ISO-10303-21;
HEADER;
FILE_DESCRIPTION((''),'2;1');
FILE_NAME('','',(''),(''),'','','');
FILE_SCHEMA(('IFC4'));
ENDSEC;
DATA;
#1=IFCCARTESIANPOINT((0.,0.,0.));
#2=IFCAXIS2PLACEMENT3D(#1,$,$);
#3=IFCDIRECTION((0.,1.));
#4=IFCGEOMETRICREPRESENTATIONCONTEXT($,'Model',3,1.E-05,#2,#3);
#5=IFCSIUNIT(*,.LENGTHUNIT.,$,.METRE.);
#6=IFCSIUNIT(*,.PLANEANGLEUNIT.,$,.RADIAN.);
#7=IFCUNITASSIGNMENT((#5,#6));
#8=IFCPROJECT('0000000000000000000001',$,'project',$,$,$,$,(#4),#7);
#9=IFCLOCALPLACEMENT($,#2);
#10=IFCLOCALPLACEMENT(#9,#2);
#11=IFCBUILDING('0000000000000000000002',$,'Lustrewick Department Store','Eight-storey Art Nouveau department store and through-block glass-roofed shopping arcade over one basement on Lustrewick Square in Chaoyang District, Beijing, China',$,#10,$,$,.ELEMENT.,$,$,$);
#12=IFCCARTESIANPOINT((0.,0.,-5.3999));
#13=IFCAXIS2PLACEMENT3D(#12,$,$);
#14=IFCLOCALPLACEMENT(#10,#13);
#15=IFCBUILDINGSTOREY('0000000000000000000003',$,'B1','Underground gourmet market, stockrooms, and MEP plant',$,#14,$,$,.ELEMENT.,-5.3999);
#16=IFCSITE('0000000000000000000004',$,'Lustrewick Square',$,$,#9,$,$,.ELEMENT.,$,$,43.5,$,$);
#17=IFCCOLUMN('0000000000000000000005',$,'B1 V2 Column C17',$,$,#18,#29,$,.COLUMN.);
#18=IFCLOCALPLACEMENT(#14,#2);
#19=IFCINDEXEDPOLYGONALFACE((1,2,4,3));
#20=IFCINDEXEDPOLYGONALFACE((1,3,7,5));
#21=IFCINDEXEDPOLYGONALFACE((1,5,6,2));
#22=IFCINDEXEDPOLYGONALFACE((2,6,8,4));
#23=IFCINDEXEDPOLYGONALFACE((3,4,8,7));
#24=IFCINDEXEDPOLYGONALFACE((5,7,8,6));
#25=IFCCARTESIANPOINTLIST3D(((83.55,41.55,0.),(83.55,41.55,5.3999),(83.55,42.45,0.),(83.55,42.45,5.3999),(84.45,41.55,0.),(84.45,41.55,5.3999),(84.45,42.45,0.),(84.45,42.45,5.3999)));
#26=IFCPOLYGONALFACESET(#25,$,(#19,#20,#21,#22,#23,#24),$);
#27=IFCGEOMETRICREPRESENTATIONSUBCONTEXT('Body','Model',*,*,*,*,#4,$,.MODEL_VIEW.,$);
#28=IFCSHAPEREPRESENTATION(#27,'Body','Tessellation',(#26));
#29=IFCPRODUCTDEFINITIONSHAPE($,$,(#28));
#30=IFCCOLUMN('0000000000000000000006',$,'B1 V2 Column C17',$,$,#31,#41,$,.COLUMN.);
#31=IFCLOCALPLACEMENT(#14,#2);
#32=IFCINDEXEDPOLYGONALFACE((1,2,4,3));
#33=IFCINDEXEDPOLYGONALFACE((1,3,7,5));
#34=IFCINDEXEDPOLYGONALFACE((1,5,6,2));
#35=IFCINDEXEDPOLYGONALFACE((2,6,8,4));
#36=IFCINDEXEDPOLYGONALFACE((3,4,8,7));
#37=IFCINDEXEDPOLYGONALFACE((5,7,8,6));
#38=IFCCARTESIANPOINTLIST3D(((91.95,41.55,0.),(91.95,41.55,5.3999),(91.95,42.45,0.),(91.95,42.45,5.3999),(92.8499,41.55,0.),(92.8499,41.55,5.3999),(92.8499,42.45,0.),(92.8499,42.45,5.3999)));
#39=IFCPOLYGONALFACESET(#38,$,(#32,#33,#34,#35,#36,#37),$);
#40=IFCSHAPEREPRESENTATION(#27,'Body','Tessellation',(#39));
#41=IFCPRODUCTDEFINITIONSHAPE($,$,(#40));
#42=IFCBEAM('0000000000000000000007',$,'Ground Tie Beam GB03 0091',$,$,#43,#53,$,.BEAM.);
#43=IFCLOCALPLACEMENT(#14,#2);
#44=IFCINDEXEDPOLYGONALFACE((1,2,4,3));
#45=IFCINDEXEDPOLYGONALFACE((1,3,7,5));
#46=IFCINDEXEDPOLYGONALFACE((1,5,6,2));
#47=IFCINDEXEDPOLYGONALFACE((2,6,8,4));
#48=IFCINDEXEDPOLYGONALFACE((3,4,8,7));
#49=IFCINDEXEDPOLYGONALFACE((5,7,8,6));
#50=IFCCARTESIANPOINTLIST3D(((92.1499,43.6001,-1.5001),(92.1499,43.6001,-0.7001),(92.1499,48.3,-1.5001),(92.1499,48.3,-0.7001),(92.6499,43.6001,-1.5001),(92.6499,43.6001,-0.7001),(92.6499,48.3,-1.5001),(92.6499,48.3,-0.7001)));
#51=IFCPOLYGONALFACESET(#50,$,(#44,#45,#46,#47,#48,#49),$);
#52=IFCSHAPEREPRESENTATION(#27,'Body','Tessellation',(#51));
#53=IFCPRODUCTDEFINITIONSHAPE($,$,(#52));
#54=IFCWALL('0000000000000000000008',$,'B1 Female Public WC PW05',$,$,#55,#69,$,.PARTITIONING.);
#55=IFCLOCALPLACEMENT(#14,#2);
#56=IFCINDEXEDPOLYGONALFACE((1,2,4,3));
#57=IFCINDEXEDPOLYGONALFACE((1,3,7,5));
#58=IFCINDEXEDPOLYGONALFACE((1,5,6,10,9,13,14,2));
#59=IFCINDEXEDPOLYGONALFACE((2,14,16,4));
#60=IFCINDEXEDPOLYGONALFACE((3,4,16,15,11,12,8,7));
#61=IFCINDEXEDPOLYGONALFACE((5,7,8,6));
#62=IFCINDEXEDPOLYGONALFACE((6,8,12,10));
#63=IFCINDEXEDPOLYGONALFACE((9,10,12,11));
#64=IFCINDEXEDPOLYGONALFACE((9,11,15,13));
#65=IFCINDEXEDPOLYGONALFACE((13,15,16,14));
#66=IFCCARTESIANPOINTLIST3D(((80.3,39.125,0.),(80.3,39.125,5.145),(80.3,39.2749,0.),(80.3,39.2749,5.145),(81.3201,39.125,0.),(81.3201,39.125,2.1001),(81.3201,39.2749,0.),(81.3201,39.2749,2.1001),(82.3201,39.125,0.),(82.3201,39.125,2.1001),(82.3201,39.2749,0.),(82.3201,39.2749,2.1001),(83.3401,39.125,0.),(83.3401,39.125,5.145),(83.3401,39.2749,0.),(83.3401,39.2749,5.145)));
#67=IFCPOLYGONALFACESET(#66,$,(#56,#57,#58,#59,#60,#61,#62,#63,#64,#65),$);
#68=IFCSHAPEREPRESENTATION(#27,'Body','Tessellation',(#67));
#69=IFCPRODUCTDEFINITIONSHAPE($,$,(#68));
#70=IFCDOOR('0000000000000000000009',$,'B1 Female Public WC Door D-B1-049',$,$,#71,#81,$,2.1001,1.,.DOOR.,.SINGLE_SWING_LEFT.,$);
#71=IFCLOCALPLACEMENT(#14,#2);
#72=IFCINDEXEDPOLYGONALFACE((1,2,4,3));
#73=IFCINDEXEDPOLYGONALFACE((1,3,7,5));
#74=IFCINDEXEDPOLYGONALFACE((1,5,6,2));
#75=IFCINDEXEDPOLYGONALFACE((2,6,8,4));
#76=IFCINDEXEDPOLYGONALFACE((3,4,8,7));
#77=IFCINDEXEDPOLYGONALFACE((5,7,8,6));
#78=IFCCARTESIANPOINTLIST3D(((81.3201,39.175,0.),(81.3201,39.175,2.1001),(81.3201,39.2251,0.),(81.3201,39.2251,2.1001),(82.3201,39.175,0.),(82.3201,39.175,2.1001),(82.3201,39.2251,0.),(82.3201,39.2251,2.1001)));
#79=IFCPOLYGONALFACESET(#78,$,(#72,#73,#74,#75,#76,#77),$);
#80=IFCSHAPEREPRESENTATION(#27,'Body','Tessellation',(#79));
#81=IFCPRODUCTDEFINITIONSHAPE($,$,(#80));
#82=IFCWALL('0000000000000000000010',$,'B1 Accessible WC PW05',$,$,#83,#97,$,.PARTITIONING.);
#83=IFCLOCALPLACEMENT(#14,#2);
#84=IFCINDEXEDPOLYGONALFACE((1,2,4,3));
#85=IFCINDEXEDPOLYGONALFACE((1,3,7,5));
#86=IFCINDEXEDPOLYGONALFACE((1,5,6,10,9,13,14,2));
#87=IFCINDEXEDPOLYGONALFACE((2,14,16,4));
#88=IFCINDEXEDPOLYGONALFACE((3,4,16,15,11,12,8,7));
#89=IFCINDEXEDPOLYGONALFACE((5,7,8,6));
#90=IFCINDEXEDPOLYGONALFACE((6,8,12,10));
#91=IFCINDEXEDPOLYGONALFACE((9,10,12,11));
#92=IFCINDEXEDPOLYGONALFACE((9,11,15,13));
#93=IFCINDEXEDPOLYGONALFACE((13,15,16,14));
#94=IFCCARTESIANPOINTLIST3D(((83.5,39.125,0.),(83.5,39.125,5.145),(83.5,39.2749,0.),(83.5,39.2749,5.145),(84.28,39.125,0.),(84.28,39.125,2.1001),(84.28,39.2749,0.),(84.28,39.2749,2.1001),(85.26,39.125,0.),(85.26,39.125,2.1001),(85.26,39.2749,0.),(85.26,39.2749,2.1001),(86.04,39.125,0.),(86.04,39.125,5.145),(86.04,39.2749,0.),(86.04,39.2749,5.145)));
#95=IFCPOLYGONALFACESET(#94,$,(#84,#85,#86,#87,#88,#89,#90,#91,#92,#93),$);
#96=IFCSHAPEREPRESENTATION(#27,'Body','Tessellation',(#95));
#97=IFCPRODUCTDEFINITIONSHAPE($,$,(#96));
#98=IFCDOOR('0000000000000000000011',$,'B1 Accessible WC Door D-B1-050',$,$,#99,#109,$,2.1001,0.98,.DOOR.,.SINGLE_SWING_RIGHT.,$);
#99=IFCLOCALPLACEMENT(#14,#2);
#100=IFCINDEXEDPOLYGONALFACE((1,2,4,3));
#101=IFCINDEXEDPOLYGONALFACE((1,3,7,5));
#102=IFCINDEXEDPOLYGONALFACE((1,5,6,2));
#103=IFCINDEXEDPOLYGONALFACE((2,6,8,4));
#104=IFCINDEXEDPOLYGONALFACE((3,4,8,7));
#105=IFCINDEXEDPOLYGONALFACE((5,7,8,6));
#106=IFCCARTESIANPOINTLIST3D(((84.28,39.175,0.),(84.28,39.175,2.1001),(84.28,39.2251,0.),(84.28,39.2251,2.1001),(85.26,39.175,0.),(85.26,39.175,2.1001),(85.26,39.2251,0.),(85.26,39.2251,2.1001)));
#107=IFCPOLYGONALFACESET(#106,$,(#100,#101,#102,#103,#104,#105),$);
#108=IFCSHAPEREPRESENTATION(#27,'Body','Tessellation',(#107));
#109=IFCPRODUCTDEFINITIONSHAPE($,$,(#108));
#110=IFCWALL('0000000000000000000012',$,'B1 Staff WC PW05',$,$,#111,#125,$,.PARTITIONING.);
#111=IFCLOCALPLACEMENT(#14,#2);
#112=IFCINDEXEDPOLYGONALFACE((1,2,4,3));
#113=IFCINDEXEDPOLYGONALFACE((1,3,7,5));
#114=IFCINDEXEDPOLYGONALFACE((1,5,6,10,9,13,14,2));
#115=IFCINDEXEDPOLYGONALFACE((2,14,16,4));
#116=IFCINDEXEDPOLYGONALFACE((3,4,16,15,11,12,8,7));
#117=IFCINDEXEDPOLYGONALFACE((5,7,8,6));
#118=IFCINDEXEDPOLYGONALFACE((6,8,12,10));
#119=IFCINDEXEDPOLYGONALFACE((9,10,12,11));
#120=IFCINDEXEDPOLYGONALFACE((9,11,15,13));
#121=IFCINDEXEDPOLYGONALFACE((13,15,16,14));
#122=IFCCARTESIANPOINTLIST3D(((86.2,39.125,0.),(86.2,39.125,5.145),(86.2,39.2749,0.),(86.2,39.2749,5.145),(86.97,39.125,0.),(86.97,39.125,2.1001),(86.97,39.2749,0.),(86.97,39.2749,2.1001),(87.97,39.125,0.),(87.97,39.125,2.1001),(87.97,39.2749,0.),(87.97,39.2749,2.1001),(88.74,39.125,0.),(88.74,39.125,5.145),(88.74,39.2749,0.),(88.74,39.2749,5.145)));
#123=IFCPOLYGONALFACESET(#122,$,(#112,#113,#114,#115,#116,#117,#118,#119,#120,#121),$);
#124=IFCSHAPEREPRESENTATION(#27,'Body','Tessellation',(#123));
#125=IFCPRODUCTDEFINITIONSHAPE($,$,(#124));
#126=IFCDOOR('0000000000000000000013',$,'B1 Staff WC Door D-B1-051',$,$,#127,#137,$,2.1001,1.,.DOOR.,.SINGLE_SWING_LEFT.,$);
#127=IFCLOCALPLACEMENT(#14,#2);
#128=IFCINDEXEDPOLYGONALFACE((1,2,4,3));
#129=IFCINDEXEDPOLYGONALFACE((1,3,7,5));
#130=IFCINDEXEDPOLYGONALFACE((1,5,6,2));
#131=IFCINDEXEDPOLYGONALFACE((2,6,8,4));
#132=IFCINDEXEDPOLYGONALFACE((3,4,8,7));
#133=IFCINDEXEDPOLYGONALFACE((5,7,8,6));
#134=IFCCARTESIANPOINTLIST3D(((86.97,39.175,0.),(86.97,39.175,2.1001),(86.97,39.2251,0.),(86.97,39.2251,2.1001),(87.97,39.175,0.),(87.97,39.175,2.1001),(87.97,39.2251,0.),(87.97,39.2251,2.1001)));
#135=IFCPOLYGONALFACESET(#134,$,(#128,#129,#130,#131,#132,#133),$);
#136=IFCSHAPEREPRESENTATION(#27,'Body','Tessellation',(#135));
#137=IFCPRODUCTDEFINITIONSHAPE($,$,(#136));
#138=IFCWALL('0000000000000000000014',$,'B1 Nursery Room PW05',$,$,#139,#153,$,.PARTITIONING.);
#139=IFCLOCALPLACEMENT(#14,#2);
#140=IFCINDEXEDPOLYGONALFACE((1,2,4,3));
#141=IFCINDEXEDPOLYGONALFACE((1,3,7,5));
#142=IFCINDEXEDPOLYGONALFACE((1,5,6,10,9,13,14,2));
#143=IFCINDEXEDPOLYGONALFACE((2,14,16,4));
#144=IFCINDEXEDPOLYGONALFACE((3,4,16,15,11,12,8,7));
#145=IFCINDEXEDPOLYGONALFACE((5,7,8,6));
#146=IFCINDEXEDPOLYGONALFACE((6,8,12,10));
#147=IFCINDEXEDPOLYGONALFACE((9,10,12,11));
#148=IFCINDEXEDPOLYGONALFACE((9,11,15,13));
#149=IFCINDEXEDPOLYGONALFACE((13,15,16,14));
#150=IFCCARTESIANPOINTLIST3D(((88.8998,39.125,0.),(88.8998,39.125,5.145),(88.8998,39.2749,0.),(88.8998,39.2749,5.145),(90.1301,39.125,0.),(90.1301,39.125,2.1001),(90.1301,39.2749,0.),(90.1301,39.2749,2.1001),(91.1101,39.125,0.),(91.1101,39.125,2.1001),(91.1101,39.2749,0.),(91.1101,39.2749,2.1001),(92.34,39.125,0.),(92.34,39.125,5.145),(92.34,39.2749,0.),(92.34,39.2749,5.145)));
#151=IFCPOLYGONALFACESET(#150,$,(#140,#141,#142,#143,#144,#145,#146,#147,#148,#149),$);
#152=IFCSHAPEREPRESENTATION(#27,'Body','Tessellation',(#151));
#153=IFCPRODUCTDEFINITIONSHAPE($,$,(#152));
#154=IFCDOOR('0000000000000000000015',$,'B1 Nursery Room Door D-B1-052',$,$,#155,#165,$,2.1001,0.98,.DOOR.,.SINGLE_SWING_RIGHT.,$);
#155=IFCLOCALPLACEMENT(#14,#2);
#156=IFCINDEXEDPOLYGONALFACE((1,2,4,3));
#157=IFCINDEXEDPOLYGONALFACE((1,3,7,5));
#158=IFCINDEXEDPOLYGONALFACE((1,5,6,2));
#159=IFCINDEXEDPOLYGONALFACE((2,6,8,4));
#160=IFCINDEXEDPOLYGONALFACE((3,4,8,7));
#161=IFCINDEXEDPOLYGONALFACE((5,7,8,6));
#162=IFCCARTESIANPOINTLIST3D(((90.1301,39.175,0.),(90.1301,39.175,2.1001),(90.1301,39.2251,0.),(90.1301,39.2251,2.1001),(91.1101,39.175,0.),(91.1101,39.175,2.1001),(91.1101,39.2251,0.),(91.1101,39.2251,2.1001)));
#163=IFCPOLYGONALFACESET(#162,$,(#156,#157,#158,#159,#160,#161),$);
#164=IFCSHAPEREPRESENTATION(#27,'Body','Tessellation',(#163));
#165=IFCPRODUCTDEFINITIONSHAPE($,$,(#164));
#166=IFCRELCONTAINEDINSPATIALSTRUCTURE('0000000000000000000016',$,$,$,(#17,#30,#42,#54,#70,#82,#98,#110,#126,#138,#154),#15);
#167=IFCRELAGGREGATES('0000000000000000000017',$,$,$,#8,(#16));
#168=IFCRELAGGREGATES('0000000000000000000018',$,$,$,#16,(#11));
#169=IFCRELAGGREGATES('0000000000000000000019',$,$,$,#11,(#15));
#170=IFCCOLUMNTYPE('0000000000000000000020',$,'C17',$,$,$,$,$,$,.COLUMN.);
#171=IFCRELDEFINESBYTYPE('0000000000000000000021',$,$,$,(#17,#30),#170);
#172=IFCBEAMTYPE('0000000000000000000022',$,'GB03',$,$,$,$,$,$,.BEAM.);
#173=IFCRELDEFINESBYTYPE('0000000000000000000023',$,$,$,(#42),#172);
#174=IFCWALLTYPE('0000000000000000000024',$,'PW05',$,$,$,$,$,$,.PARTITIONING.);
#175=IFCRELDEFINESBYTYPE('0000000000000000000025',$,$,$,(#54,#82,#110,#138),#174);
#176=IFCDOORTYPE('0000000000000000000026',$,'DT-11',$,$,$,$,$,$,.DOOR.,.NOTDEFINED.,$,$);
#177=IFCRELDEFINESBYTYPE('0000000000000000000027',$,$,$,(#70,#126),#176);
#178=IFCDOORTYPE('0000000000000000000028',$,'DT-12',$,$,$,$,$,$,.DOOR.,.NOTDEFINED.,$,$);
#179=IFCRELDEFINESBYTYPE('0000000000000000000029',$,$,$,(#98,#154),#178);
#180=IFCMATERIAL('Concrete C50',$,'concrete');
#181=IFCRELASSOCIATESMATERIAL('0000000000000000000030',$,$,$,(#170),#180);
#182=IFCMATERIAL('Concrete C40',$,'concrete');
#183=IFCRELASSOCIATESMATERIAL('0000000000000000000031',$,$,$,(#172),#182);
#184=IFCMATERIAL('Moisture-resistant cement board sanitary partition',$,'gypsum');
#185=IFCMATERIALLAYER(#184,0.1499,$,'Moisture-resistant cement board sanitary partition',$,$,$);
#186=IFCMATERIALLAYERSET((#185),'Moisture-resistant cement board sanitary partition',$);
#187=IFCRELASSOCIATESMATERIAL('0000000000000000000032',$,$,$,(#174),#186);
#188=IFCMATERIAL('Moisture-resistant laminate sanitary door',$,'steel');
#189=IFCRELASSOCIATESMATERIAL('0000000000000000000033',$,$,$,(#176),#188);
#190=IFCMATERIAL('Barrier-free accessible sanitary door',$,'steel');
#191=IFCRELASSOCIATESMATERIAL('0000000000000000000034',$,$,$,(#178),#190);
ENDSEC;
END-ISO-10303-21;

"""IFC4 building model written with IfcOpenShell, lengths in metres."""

from ifc_helpers import new_model, si_unit, direction, frame, frame_2d, origin, origin_2d, place, context, subcontext, project, spatial, rectangle, extrude, material, layer, layer_set, material_profile, profile_set, type_object, element, fill, save


model = new_model("IFC4")

# Units and contexts
model_context = context("Model", 3, precision=1e-05, world=origin(), true_north=direction((0.0, 1.0)))
body_context = subcontext(model_context, "Body", "Model", "MODEL_VIEW")
ifc_project = project(units=[si_unit("LENGTHUNIT", "METRE"), si_unit("PLANEANGLEUNIT", "RADIAN")], contexts=[model_context])

# Site, building, storey
site_placement = place(None, origin())
site = spatial("IfcSite", under=ifc_project, at=site_placement, Name="Lustrewick Square", CompositionType="ELEMENT", RefElevation=43.5)
building_placement = place(site_placement, origin())
building = spatial("IfcBuilding", under=site, at=building_placement, Name="Lustrewick Department Store", Description="Eight-storey Art Nouveau department store and through-block glass-roofed shopping arcade over one basement on Lustrewick Square in Chaoyang District, Beijing, China", CompositionType="ELEMENT")
storey_placement = place(building_placement, frame((0.0, 0.0, -5.3999)))
storey = spatial("IfcBuildingStorey", under=building, at=storey_placement, Name="B1", Description="Underground gourmet market, stockrooms, and MEP plant", CompositionType="ELEMENT", Elevation=-5.3999)

# Shared definitions
ifc_material_1 = material(Name="Concrete C40", Category="concrete")

# Columns
ifc_material_2 = material(Name="Concrete C50", Category="concrete")
ifc_material_profile_1 = material_profile(ifc_material_2, rectangle(XDim=0.8999, YDim=0.8999, at=origin_2d()), Name="RC 900x900")
ifc_profile_set_1 = profile_set([ifc_material_profile_1], Name="Concrete C50")
column_type = type_object("IfcColumnType", Name="C17", PredefinedType="COLUMN", material=ifc_profile_set_1)
for number, where, z_axis, x_axis, name in (
    (1, (84.0, 42.0, 0.0), (0.0, 0.0, 1.0), (1.0, 0.0, 0.0), "B1 V2 Column C17"),
    (2, (92.3999, 42.0, 0.0), (0.0, 0.0, 1.0), (1.0, 0.0, 0.0), "B1 V2 Column C17"),
):
    element("IfcColumn", number, at=place(storey_placement, frame(where, z_axis=z_axis, x_axis=x_axis)), inside=storey, type_object=column_type, Name=name, PredefinedType="COLUMN", context=body_context, shape_type="SweptSolid", body=[
        extrude(rectangle(XDim=0.8999, YDim=0.8999, at=origin_2d()), origin(), (0.0, 0.0, 1.0), 5.3999),
    ])

# Beam
ifc_material_profile_2 = material_profile(ifc_material_1, rectangle(XDim=0.5, YDim=0.8, at=origin_2d()), Name="RC 500x800")
ifc_profile_set_2 = profile_set([ifc_material_profile_2], Name="Concrete C40")
beam_type = type_object("IfcBeamType", Name="GB03", PredefinedType="BEAM", material=ifc_profile_set_2)
beam_placement = place(storey_placement, frame((92.3999, 43.6001, -1.1001), z_axis=(0.0, 1.0, 0.0), x_axis=(-1.0, 0.0, 0.0)))
element("IfcBeam", 3, at=beam_placement, inside=storey, type_object=beam_type, Name="Ground Tie Beam GB03 0091", PredefinedType="BEAM", context=body_context, shape_type="SweptSolid", body=[
    extrude(rectangle(XDim=0.5, YDim=0.8, at=origin_2d()), origin(), (0.0, 0.0, 1.0), 4.7),
])

# Walls, openings, doors
ifc_material_3 = material(Name="Moisture-resistant cement board sanitary partition", Category="gypsum")
ifc_layer_1 = layer(ifc_material_3, 0.1499, Name="Moisture-resistant cement board sanitary partition")
ifc_layer_set_1 = layer_set([ifc_layer_1], Name="Moisture-resistant cement board sanitary partition")
wall_type_1 = type_object("IfcWallType", Name="PW05", PredefinedType="PARTITIONING", material=ifc_layer_set_1)
wall_1_placement = place(storey_placement, frame((83.3401, 39.2, 0.0), z_axis=(0.0, 0.0, 1.0), x_axis=(-1.0, 0.0, 0.0)))
wall_1 = element("IfcWall", 4, at=wall_1_placement, inside=storey, type_object=wall_type_1, Name="B1 Female Public WC PW05", PredefinedType="PARTITIONING", context=body_context, shape_type="SweptSolid", body=[
    extrude(rectangle(XDim=3.04, YDim=0.1499, at=frame_2d((1.52, 0.0))), origin(), (0.0, 0.0, 1.0), 5.145),
])
opening_1_placement = place(wall_1_placement, frame((1.02, 0.0, 0.0)))
opening_1 = element("IfcOpeningElement", 5, at=opening_1_placement, cuts=wall_1, PredefinedType="OPENING", context=body_context, shape_type="SweptSolid", body=[
    extrude(rectangle(XDim=1.0, YDim=2.1001, at=frame_2d((0.5, 1.05))), frame((0.0, 0.085, 0.0), z_axis=(0.0, -1.0, 0.0), x_axis=(1.0, 0.0, 0.0)), (0.0, 0.0, 1.0), 0.1699),
])
ifc_material_4 = material(Name="Moisture-resistant laminate sanitary door", Category="steel")
door_type_1 = type_object("IfcDoorType", Name="DT-11", OperationType="NOTDEFINED", PredefinedType="DOOR", material=ifc_material_4)
door_1_placement = place(opening_1_placement, origin())
door_1 = element("IfcDoor", 6, at=door_1_placement, inside=storey, type_object=door_type_1, Name="B1 Female Public WC Door D-B1-049", OperationType="SINGLE_SWING_LEFT", OverallHeight=2.1001, OverallWidth=1.0, PredefinedType="DOOR", context=body_context, shape_type="SweptSolid", body=[
    extrude(rectangle(XDim=1.0, YDim=2.1001, at=frame_2d((0.5, 1.05))), frame((0.0, 0.0249, 0.0), z_axis=(0.0, -1.0, 0.0), x_axis=(1.0, 0.0, 0.0)), (0.0, 0.0, 1.0), 0.05),
])
fill(opening_1, door_1)
wall_2_placement = place(storey_placement, frame((86.04, 39.2, 0.0), z_axis=(0.0, 0.0, 1.0), x_axis=(-1.0, 0.0, 0.0)))
wall_2 = element("IfcWall", 7, at=wall_2_placement, inside=storey, type_object=wall_type_1, Name="B1 Accessible WC PW05", PredefinedType="PARTITIONING", context=body_context, shape_type="SweptSolid", body=[
    extrude(rectangle(XDim=2.54, YDim=0.1499, at=frame_2d((1.27, 0.0))), origin(), (0.0, 0.0, 1.0), 5.145),
])
opening_2_placement = place(wall_2_placement, frame((0.78, 0.0, 0.0)))
opening_2 = element("IfcOpeningElement", 8, at=opening_2_placement, cuts=wall_2, PredefinedType="OPENING", context=body_context, shape_type="SweptSolid", body=[
    extrude(rectangle(XDim=0.98, YDim=2.1001, at=frame_2d((0.49, 1.05))), frame((0.0, 0.085, 0.0), z_axis=(0.0, -1.0, 0.0), x_axis=(1.0, 0.0, 0.0)), (0.0, 0.0, 1.0), 0.1699),
])
ifc_material_5 = material(Name="Barrier-free accessible sanitary door", Category="steel")
door_type_2 = type_object("IfcDoorType", Name="DT-12", OperationType="NOTDEFINED", PredefinedType="DOOR", material=ifc_material_5)
door_2_placement = place(opening_2_placement, origin())
door_2 = element("IfcDoor", 9, at=door_2_placement, inside=storey, type_object=door_type_2, Name="B1 Accessible WC Door D-B1-050", OperationType="SINGLE_SWING_RIGHT", OverallHeight=2.1001, OverallWidth=0.98, PredefinedType="DOOR", context=body_context, shape_type="SweptSolid", body=[
    extrude(rectangle(XDim=0.98, YDim=2.1001, at=frame_2d((0.49, 1.05))), frame((0.0, 0.0249, 0.0), z_axis=(0.0, -1.0, 0.0), x_axis=(1.0, 0.0, 0.0)), (0.0, 0.0, 1.0), 0.05),
])
fill(opening_2, door_2)
wall_3_placement = place(storey_placement, frame((88.74, 39.2, 0.0), z_axis=(0.0, 0.0, 1.0), x_axis=(-1.0, 0.0, 0.0)))
wall_3 = element("IfcWall", 10, at=wall_3_placement, inside=storey, type_object=wall_type_1, Name="B1 Staff WC PW05", PredefinedType="PARTITIONING", context=body_context, shape_type="SweptSolid", body=[
    extrude(rectangle(XDim=2.54, YDim=0.1499, at=frame_2d((1.27, 0.0))), origin(), (0.0, 0.0, 1.0), 5.145),
])
opening_3_placement = place(wall_3_placement, frame((0.77, 0.0, 0.0)))
opening_3 = element("IfcOpeningElement", 11, at=opening_3_placement, cuts=wall_3, PredefinedType="OPENING", context=body_context, shape_type="SweptSolid", body=[
    extrude(rectangle(XDim=1.0, YDim=2.1001, at=frame_2d((0.5, 1.05))), frame((0.0, 0.085, 0.0), z_axis=(0.0, -1.0, 0.0), x_axis=(1.0, 0.0, 0.0)), (0.0, 0.0, 1.0), 0.1699),
])
door_3_placement = place(opening_3_placement, origin())
door_3 = element("IfcDoor", 12, at=door_3_placement, inside=storey, type_object=door_type_1, Name="B1 Staff WC Door D-B1-051", OperationType="SINGLE_SWING_LEFT", OverallHeight=2.1001, OverallWidth=1.0, PredefinedType="DOOR", context=body_context, shape_type="SweptSolid", body=[
    extrude(rectangle(XDim=1.0, YDim=2.1001, at=frame_2d((0.5, 1.05))), frame((0.0, 0.0249, 0.0), z_axis=(0.0, -1.0, 0.0), x_axis=(1.0, 0.0, 0.0)), (0.0, 0.0, 1.0), 0.05),
])
fill(opening_3, door_3)
wall_4_placement = place(storey_placement, frame((92.3401, 39.2, 0.0), z_axis=(0.0, 0.0, 1.0), x_axis=(-1.0, 0.0, 0.0)))
wall_4 = element("IfcWall", 13, at=wall_4_placement, inside=storey, type_object=wall_type_1, Name="B1 Nursery Room PW05", PredefinedType="PARTITIONING", context=body_context, shape_type="SweptSolid", body=[
    extrude(rectangle(XDim=3.4402, YDim=0.1499, at=frame_2d((1.7202, 0.0))), origin(), (0.0, 0.0, 1.0), 5.145),
])
opening_4_placement = place(wall_4_placement, frame((1.23, 0.0, 0.0)))
opening_4 = element("IfcOpeningElement", 14, at=opening_4_placement, cuts=wall_4, PredefinedType="OPENING", context=body_context, shape_type="SweptSolid", body=[
    extrude(rectangle(XDim=0.98, YDim=2.1001, at=frame_2d((0.49, 1.05))), frame((0.0, 0.085, 0.0), z_axis=(0.0, -1.0, 0.0), x_axis=(1.0, 0.0, 0.0)), (0.0, 0.0, 1.0), 0.1699),
])
door_4_placement = place(opening_4_placement, origin())
door_4 = element("IfcDoor", 15, at=door_4_placement, inside=storey, type_object=door_type_2, Name="B1 Nursery Room Door D-B1-052", OperationType="SINGLE_SWING_RIGHT", OverallHeight=2.1001, OverallWidth=0.98, PredefinedType="DOOR", context=body_context, shape_type="SweptSolid", body=[
    extrude(rectangle(XDim=0.98, YDim=2.1001, at=frame_2d((0.49, 1.05))), frame((0.0, 0.0249, 0.0), z_axis=(0.0, -1.0, 0.0), x_axis=(1.0, 0.0, 0.0)), (0.0, 0.0, 1.0), 0.05),
])
fill(opening_4, door_4)

save(model, "model.ifc")
